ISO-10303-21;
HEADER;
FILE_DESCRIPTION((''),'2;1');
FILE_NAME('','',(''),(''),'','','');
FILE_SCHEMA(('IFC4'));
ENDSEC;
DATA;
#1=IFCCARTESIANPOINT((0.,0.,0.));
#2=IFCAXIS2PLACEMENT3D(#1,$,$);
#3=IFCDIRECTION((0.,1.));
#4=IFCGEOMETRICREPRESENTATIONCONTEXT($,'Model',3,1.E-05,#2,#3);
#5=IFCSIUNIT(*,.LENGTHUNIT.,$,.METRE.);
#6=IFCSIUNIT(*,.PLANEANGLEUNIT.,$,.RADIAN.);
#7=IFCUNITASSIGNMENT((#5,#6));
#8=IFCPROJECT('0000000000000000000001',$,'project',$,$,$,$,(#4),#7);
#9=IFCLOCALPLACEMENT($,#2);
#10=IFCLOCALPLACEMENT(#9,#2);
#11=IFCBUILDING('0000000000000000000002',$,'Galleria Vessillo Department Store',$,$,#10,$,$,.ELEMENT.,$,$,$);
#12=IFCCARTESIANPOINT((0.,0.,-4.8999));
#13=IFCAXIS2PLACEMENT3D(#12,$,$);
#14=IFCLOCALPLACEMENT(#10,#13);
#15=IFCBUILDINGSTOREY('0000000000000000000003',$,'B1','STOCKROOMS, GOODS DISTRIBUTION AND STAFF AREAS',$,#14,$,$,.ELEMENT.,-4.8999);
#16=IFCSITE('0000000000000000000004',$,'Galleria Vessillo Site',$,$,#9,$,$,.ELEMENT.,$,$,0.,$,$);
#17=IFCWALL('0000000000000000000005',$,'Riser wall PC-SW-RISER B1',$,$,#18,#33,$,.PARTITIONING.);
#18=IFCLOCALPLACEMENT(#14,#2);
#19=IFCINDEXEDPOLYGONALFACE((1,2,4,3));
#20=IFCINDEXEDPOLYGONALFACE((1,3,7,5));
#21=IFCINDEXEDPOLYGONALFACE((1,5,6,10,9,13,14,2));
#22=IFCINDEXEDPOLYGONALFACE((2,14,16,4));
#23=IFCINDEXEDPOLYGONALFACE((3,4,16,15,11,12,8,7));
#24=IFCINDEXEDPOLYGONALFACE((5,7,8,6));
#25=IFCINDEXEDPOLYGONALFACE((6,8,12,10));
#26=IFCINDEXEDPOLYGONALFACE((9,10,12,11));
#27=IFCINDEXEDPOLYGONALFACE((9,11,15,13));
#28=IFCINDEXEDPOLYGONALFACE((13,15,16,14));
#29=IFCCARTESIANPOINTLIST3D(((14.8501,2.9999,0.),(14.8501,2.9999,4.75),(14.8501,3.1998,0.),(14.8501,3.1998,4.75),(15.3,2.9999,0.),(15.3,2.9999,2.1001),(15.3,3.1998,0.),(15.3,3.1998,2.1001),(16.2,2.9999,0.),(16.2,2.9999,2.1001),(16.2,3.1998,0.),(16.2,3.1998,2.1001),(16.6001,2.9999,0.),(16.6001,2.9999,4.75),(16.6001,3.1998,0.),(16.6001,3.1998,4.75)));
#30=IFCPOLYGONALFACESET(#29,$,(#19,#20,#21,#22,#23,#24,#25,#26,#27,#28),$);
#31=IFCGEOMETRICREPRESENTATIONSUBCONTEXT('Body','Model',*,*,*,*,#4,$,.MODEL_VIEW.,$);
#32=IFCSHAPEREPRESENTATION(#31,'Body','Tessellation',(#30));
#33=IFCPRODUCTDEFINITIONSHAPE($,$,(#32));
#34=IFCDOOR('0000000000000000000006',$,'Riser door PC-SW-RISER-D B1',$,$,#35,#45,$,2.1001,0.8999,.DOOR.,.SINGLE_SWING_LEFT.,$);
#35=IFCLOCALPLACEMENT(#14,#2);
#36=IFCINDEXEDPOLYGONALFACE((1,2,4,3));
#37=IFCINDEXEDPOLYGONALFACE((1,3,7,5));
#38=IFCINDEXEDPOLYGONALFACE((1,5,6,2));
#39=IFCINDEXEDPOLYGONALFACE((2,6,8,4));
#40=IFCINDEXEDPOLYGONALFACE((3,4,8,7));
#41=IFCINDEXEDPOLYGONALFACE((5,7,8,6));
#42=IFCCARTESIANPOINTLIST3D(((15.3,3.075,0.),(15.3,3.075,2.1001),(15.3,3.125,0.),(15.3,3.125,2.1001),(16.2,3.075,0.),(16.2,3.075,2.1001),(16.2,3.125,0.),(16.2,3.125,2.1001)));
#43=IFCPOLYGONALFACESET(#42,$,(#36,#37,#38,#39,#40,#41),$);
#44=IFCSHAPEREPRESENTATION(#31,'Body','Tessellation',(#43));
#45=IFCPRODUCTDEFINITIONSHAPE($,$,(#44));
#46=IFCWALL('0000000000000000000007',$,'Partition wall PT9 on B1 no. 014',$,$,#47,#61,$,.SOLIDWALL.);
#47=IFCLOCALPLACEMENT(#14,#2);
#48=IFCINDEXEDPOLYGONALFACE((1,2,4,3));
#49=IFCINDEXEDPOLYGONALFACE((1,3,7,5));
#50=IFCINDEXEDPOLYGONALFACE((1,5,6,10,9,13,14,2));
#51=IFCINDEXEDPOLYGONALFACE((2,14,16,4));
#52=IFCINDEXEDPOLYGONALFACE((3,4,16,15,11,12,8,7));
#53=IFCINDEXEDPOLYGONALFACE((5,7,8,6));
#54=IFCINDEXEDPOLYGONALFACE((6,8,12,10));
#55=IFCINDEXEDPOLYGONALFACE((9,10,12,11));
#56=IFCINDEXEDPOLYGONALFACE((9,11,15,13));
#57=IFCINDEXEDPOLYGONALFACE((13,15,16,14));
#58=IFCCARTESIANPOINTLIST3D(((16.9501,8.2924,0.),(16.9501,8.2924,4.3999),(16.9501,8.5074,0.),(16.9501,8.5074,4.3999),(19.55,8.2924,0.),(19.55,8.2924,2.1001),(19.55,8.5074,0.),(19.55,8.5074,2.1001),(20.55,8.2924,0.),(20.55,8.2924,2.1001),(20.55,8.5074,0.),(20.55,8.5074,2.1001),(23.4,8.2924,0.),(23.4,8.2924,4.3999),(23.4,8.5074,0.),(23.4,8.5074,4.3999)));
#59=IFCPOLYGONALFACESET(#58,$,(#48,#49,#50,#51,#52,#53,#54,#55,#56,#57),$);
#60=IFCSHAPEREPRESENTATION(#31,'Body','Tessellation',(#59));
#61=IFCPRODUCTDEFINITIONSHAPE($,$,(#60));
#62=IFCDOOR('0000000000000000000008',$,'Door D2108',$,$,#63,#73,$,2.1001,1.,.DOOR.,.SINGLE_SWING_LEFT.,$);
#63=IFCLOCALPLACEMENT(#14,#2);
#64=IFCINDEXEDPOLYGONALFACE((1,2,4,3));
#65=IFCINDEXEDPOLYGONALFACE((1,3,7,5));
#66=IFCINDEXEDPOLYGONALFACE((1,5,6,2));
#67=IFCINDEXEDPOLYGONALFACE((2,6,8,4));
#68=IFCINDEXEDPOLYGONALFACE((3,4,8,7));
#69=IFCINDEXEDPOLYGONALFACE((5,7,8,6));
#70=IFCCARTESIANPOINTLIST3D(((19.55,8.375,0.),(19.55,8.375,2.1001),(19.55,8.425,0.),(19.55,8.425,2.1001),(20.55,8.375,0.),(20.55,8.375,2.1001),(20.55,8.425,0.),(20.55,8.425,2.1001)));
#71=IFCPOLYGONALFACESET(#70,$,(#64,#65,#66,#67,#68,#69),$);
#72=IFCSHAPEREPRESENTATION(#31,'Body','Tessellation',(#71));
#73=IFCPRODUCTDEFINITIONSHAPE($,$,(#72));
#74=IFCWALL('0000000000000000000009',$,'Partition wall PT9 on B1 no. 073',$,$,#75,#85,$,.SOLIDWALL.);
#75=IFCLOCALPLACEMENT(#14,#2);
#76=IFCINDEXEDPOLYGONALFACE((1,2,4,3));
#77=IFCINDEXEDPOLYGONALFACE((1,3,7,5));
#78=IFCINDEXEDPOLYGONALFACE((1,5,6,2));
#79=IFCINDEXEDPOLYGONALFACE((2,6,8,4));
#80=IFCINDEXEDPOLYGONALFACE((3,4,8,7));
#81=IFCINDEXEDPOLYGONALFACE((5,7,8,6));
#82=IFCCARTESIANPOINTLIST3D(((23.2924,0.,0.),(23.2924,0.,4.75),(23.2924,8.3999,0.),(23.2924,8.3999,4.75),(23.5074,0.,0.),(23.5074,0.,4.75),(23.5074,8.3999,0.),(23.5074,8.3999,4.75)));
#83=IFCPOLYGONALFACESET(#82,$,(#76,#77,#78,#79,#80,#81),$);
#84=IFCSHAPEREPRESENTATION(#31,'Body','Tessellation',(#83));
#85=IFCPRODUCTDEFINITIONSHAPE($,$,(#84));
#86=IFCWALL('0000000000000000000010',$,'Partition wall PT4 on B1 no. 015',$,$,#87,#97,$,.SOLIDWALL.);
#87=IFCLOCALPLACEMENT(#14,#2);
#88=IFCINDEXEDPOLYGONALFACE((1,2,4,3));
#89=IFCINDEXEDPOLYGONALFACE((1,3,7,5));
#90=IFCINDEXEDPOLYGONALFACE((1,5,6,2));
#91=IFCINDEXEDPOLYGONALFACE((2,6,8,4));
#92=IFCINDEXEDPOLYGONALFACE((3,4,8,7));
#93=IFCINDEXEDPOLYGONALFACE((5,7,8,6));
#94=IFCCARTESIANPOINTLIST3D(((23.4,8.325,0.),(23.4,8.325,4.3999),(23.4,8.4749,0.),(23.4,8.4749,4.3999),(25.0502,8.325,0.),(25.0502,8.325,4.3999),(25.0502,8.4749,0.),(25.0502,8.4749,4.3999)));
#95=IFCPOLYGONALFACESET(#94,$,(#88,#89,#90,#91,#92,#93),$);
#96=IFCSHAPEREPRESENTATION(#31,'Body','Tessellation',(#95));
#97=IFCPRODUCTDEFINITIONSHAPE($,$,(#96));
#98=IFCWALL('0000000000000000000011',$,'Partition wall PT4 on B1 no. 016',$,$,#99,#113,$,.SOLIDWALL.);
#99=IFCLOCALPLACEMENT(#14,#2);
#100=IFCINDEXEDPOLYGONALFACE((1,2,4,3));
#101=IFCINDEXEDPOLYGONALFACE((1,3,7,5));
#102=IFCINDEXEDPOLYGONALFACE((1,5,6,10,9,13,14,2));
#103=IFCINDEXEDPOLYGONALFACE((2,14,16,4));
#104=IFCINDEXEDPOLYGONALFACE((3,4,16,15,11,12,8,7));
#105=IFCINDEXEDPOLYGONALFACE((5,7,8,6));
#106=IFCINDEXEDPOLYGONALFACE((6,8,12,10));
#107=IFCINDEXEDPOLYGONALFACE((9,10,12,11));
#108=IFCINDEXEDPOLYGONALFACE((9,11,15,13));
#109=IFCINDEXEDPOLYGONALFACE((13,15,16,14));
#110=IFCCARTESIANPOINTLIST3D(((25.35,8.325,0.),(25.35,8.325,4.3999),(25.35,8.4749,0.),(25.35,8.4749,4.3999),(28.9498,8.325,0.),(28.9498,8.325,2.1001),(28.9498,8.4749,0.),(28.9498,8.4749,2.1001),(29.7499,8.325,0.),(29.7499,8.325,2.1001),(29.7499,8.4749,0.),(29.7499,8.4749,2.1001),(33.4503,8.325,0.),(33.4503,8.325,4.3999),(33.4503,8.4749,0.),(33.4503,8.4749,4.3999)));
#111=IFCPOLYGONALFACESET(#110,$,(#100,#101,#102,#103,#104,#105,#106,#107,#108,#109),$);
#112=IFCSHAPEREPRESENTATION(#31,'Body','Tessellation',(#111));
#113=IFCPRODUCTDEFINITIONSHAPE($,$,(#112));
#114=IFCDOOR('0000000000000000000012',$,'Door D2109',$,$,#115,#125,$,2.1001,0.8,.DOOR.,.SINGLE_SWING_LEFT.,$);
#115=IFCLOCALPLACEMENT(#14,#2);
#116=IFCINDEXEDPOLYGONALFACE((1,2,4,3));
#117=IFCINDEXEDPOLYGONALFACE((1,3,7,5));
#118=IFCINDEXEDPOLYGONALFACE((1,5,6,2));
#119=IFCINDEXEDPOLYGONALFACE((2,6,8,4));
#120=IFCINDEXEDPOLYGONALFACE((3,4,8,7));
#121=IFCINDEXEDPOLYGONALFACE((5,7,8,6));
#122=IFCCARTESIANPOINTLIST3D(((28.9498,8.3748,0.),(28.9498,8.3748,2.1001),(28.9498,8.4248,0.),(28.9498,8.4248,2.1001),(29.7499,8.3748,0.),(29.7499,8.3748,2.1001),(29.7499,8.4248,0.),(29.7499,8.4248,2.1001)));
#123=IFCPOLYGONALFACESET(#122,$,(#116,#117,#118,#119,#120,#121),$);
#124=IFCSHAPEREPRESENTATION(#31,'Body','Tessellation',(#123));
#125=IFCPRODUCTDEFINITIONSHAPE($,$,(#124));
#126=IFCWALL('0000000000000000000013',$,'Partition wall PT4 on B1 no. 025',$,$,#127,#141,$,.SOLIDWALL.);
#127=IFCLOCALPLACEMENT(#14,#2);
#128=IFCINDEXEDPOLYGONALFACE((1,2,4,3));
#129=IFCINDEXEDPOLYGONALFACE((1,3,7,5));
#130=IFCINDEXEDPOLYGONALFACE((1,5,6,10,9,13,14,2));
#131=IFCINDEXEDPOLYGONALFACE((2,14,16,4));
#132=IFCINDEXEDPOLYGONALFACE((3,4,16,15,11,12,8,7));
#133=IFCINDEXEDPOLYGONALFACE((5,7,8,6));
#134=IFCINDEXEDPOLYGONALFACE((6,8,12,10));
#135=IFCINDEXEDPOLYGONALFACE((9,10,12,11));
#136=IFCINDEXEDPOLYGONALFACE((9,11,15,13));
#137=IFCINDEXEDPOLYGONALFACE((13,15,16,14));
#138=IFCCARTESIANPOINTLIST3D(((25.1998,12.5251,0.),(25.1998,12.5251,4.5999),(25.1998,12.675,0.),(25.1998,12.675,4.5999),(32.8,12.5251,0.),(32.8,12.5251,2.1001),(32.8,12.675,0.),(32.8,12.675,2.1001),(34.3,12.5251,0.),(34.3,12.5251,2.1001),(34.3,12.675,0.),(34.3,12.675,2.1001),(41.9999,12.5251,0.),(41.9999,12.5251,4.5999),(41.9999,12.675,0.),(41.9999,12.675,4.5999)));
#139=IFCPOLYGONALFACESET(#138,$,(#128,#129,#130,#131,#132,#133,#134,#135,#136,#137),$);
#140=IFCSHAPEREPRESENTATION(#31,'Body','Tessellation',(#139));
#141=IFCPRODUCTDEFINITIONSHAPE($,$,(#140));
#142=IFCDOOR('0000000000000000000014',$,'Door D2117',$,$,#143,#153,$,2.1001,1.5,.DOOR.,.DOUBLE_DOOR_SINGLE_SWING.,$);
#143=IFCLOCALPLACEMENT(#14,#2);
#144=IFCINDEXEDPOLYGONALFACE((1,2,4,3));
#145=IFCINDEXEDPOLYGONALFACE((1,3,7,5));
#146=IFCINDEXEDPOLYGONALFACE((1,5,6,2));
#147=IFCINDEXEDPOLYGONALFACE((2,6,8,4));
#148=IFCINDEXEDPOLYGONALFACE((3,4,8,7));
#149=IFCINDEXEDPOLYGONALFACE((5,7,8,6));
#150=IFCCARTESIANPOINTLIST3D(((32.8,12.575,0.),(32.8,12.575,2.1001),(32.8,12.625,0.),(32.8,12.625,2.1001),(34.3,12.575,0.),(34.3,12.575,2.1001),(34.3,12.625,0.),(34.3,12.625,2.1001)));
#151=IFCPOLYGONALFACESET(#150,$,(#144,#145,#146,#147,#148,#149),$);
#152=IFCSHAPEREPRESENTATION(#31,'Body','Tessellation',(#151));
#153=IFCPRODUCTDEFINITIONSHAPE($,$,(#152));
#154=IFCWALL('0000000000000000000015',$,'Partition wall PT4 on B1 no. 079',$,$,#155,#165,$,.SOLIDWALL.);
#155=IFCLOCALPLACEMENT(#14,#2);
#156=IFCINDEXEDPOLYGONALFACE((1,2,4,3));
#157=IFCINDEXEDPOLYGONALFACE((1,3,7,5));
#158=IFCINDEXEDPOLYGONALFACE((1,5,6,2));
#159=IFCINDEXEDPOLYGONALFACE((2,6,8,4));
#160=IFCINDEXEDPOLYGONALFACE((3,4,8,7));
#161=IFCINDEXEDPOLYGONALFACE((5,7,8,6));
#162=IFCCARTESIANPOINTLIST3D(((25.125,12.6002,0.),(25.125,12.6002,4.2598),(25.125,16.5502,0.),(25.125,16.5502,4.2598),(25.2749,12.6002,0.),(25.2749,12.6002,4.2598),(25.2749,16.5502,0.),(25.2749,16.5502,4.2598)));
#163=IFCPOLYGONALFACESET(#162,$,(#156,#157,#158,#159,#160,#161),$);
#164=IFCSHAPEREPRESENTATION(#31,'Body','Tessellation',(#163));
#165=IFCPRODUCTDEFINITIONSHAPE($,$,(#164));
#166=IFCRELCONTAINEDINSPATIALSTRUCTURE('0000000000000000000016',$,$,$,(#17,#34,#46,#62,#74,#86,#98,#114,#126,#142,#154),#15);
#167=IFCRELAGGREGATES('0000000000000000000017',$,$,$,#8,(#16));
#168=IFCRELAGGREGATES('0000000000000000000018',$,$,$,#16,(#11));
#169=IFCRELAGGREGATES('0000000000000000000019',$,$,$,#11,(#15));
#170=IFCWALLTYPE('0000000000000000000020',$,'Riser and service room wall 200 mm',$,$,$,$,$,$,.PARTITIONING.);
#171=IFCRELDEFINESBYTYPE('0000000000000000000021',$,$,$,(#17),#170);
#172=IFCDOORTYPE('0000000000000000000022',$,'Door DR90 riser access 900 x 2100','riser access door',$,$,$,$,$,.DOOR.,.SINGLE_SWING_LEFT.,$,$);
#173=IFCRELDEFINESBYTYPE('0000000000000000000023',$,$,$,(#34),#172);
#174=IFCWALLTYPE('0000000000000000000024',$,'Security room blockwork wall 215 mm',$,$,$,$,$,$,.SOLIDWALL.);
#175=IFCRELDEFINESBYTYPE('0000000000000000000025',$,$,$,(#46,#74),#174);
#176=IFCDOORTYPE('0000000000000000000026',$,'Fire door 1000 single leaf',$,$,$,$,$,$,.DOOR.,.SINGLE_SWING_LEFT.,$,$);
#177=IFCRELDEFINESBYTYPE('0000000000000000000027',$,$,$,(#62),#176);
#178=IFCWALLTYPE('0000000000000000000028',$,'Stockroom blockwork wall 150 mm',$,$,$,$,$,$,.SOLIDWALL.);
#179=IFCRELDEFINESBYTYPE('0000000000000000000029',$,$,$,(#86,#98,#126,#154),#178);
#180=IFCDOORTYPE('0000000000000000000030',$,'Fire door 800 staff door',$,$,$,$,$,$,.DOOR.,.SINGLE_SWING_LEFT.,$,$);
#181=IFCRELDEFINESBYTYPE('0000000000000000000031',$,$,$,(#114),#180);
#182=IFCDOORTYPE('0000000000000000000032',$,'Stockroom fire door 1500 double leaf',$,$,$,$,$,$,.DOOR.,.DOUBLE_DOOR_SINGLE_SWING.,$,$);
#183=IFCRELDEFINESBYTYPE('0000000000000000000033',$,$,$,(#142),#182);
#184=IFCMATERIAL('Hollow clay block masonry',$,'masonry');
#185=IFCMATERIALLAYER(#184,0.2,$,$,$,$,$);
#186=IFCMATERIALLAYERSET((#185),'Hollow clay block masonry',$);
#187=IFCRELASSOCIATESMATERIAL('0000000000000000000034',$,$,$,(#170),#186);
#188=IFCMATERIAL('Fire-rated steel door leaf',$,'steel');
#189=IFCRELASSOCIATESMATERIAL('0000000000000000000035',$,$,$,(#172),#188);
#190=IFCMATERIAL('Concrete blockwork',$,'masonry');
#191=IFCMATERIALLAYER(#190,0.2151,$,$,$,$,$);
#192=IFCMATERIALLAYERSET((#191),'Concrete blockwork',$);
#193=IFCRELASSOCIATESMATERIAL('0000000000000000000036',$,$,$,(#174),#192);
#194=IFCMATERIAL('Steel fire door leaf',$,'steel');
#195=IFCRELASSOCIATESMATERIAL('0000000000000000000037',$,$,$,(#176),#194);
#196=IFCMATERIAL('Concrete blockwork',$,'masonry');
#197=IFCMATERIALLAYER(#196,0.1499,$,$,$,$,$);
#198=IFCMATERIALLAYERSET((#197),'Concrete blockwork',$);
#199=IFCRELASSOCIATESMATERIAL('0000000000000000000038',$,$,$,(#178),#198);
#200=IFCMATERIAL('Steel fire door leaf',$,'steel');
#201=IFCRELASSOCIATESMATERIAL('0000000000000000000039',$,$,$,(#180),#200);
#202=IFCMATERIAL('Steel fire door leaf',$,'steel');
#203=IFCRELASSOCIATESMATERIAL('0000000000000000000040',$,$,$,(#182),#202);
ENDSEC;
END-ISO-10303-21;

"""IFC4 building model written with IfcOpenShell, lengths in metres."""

from ifc_helpers import new_model, si_unit, direction, frame, frame_2d, origin, place, context, subcontext, project, spatial, rectangle, extrude, material, layer, layer_set, type_object, element, fill, save


model = new_model("IFC4")

# Units and contexts
model_context = context("Model", 3, precision=1e-05, world=origin(), true_north=direction((0.0, 1.0)))
body_context = subcontext(model_context, "Body", "Model", "MODEL_VIEW")
ifc_project = project(units=[si_unit("LENGTHUNIT", "METRE"), si_unit("PLANEANGLEUNIT", "RADIAN")], contexts=[model_context])

# Site, building, storey
site_placement = place(None, origin())
site = spatial("IfcSite", under=ifc_project, at=site_placement, Name="Galleria Vessillo Site", CompositionType="ELEMENT", RefElevation=0.0)
building_placement = place(site_placement, origin())
building = spatial("IfcBuilding", under=site, at=building_placement, Name="Galleria Vessillo Department Store", CompositionType="ELEMENT")
storey_placement = place(building_placement, frame((0.0, 0.0, -4.8999)))
storey = spatial("IfcBuildingStorey", under=building, at=storey_placement, Name="B1", Description="STOCKROOMS, GOODS DISTRIBUTION AND STAFF AREAS", CompositionType="ELEMENT", Elevation=-4.8999)

# Walls, openings, doors
ifc_material_1 = material(Name="Hollow clay block masonry", Category="masonry")
ifc_layer_1 = layer(ifc_material_1, 0.2)
ifc_layer_set_1 = layer_set([ifc_layer_1], Name="Hollow clay block masonry")
wall_type_1 = type_object("IfcWallType", Name="Riser and service room wall 200 mm", PredefinedType="PARTITIONING", material=ifc_layer_set_1)
wall_1_placement = place(storey_placement, frame((14.8501, 3.0999, 0.0), z_axis=(0.0, 0.0, 1.0), x_axis=(1.0, 0.0, 0.0)))
wall_1 = element("IfcWall", 1, at=wall_1_placement, inside=storey, type_object=wall_type_1, Name="Riser wall PC-SW-RISER B1", PredefinedType="PARTITIONING", context=body_context, shape_type="SweptSolid", body=[
    extrude(rectangle(XDim=1.75, YDim=0.2, at=frame_2d((0.875, 0.0))), origin(), (0.0, 0.0, 1.0), 4.75),
])
opening_1_placement = place(wall_1_placement, frame((0.45, 0.0, 0.0)))
opening_1 = element("IfcOpeningElement", 2, at=opening_1_placement, cuts=wall_1, PredefinedType="OPENING", context=body_context, shape_type="SweptSolid", body=[
    extrude(rectangle(XDim=0.8999, YDim=2.1001, at=frame_2d((0.45, 1.05))), frame((0.0, 0.1099, 0.0), z_axis=(0.0, -1.0, 0.0), x_axis=(1.0, 0.0, 0.0)), (0.0, 0.0, 1.0), 0.22),
])
ifc_material_2 = material(Name="Fire-rated steel door leaf", Category="steel")
door_type_1 = type_object("IfcDoorType", Name="Door DR90 riser access 900 x 2100", Description="riser access door", OperationType="SINGLE_SWING_LEFT", PredefinedType="DOOR", material=ifc_material_2)
door_1_placement = place(opening_1_placement, frame((0.8999, 0.0, 0.0), z_axis=(0.0, 0.0, 1.0), x_axis=(-1.0, 0.0, 0.0)))
door_1 = element("IfcDoor", 3, at=door_1_placement, inside=storey, type_object=door_type_1, Name="Riser door PC-SW-RISER-D B1", OperationType="SINGLE_SWING_LEFT", OverallHeight=2.1001, OverallWidth=0.8999, PredefinedType="DOOR", context=body_context, shape_type="SweptSolid", body=[
    extrude(rectangle(XDim=0.8999, YDim=2.1001, at=frame_2d((0.45, 1.05))), frame((0.0, 0.0249, 0.0), z_axis=(0.0, -1.0, 0.0), x_axis=(1.0, 0.0, 0.0)), (0.0, 0.0, 1.0), 0.05),
])
fill(opening_1, door_1)
ifc_material_3 = material(Name="Concrete blockwork", Category="masonry")
ifc_layer_2 = layer(ifc_material_3, 0.2151)
ifc_layer_set_2 = layer_set([ifc_layer_2], Name="Concrete blockwork")
wall_type_2 = type_object("IfcWallType", Name="Security room blockwork wall 215 mm", PredefinedType="SOLIDWALL", material=ifc_layer_set_2)
wall_2_placement = place(storey_placement, frame((16.95, 8.3999, 0.0), z_axis=(0.0, 0.0, 1.0), x_axis=(1.0, 0.0, 0.0)))
wall_2 = element("IfcWall", 4, at=wall_2_placement, inside=storey, type_object=wall_type_2, Name="Partition wall PT9 on B1 no. 014", PredefinedType="SOLIDWALL", context=body_context, shape_type="SweptSolid", body=[
    extrude(rectangle(XDim=6.45, YDim=0.2151, at=frame_2d((3.2251, 0.0))), origin(), (0.0, 0.0, 1.0), 4.3999),
])
opening_2_placement = place(wall_2_placement, frame((2.6001, 0.0, 0.0)))
opening_2 = element("IfcOpeningElement", 5, at=opening_2_placement, cuts=wall_2, PredefinedType="OPENING", context=body_context, shape_type="SweptSolid", body=[
    extrude(rectangle(XDim=1.0, YDim=2.1001, at=frame_2d((0.5, 1.05))), frame((0.0, 0.1177, 0.0), z_axis=(0.0, -1.0, 0.0), x_axis=(1.0, 0.0, 0.0)), (0.0, 0.0, 1.0), 0.2351),
])
ifc_material_4 = material(Name="Steel fire door leaf", Category="steel")
door_type_2 = type_object("IfcDoorType", Name="Fire door 1000 single leaf", OperationType="SINGLE_SWING_LEFT", PredefinedType="DOOR", material=ifc_material_4)
door_2_placement = place(opening_2_placement, frame((1.0, 0.0, 0.0), z_axis=(0.0, 0.0, 1.0), x_axis=(-1.0, 0.0, 0.0)))
door_2 = element("IfcDoor", 6, at=door_2_placement, inside=storey, type_object=door_type_2, Name="Door D2108", OperationType="SINGLE_SWING_LEFT", OverallHeight=2.1001, OverallWidth=1.0, PredefinedType="DOOR", context=body_context, shape_type="SweptSolid", body=[
    extrude(rectangle(XDim=1.0, YDim=2.1001, at=frame_2d((0.5, 1.05))), frame((0.0, 0.0249, 0.0), z_axis=(0.0, -1.0, 0.0), x_axis=(1.0, 0.0, 0.0)), (0.0, 0.0, 1.0), 0.05),
])
fill(opening_2, door_2)

# Walls
wall_3_placement = place(storey_placement, frame((23.3999, 0.0, 0.0), z_axis=(0.0, 0.0, 1.0), x_axis=(0.0, 1.0, 0.0)))
element("IfcWall", 7, at=wall_3_placement, inside=storey, type_object=wall_type_2, Name="Partition wall PT9 on B1 no. 073", PredefinedType="SOLIDWALL", context=body_context, shape_type="SweptSolid", body=[
    extrude(rectangle(XDim=8.3999, YDim=0.2151, at=frame_2d((4.2, 0.0))), origin(), (0.0, 0.0, 1.0), 4.75),
])
ifc_material_5 = material(Name="Concrete blockwork", Category="masonry")
ifc_layer_3 = layer(ifc_material_5, 0.1499)
ifc_layer_set_3 = layer_set([ifc_layer_3], Name="Concrete blockwork")
wall_type_3 = type_object("IfcWallType", Name="Stockroom blockwork wall 150 mm", PredefinedType="SOLIDWALL", material=ifc_layer_set_3)
wall_4_placement = place(storey_placement, frame((23.3999, 8.3999, 0.0), z_axis=(0.0, 0.0, 1.0), x_axis=(1.0, 0.0, 0.0)))
element("IfcWall", 8, at=wall_4_placement, inside=storey, type_object=wall_type_3, Name="Partition wall PT4 on B1 no. 015", PredefinedType="SOLIDWALL", context=body_context, shape_type="SweptSolid", body=[
    extrude(rectangle(XDim=1.6501, YDim=0.1499, at=frame_2d((0.8252, 0.0))), origin(), (0.0, 0.0, 1.0), 4.3999),
])

# Walls, openings, doors
wall_5_placement = place(storey_placement, frame((25.3499, 8.3999, 0.0), z_axis=(0.0, 0.0, 1.0), x_axis=(1.0, 0.0, 0.0)))
wall_5 = element("IfcWall", 9, at=wall_5_placement, inside=storey, type_object=wall_type_3, Name="Partition wall PT4 on B1 no. 016", PredefinedType="SOLIDWALL", context=body_context, shape_type="SweptSolid", body=[
    extrude(rectangle(XDim=8.1003, YDim=0.1499, at=frame_2d((4.0503, 0.0))), origin(), (0.0, 0.0, 1.0), 4.3999),
])
opening_3_placement = place(wall_5_placement, frame((3.6001, 0.0, 0.0)))
opening_3 = element("IfcOpeningElement", 10, at=opening_3_placement, cuts=wall_5, PredefinedType="OPENING", context=body_context, shape_type="SweptSolid", body=[
    extrude(rectangle(XDim=0.8, YDim=2.1001, at=frame_2d((0.3999, 1.05))), frame((0.0, 0.085, 0.0), z_axis=(0.0, -1.0, 0.0), x_axis=(1.0, 0.0, 0.0)), (0.0, 0.0, 1.0), 0.1699),
])
ifc_material_6 = material(Name="Steel fire door leaf", Category="steel")
door_type_3 = type_object("IfcDoorType", Name="Fire door 800 staff door", OperationType="SINGLE_SWING_LEFT", PredefinedType="DOOR", material=ifc_material_6)
door_3_placement = place(opening_3_placement, origin())
door_3 = element("IfcDoor", 11, at=door_3_placement, inside=storey, type_object=door_type_3, Name="Door D2109", OperationType="SINGLE_SWING_LEFT", OverallHeight=2.1001, OverallWidth=0.8, PredefinedType="DOOR", context=body_context, shape_type="SweptSolid", body=[
    extrude(rectangle(XDim=0.8, YDim=2.1001, at=frame_2d((0.3999, 1.05))), frame((0.0, 0.0249, 0.0), z_axis=(0.0, -1.0, 0.0), x_axis=(1.0, 0.0, 0.0)), (0.0, 0.0, 1.0), 0.05),
])
fill(opening_3, door_3)
wall_6_placement = place(storey_placement, frame((25.2, 12.6001, 0.0), z_axis=(0.0, 0.0, 1.0), x_axis=(1.0, 0.0, 0.0)))
wall_6 = element("IfcWall", 12, at=wall_6_placement, inside=storey, type_object=wall_type_3, Name="Partition wall PT4 on B1 no. 025", PredefinedType="SOLIDWALL", context=body_context, shape_type="SweptSolid", body=[
    extrude(rectangle(XDim=16.8, YDim=0.1499, at=frame_2d((8.3999, 0.0))), origin(), (0.0, 0.0, 1.0), 4.5999),
])
opening_4_placement = place(wall_6_placement, frame((7.6001, 0.0, 0.0)))
opening_4 = element("IfcOpeningElement", 13, at=opening_4_placement, cuts=wall_6, PredefinedType="OPENING", context=body_context, shape_type="SweptSolid", body=[
    extrude(rectangle(XDim=1.5, YDim=2.1001, at=frame_2d((0.75, 1.05))), frame((0.0, 0.085, 0.0), z_axis=(0.0, -1.0, 0.0), x_axis=(1.0, 0.0, 0.0)), (0.0, 0.0, 1.0), 0.1699),
])
ifc_material_7 = material(Name="Steel fire door leaf", Category="steel")
door_type_4 = type_object("IfcDoorType", Name="Stockroom fire door 1500 double leaf", OperationType="DOUBLE_DOOR_SINGLE_SWING", PredefinedType="DOOR", material=ifc_material_7)
door_4_placement = place(opening_4_placement, origin())
door_4 = element("IfcDoor", 14, at=door_4_placement, inside=storey, type_object=door_type_4, Name="Door D2117", OperationType="DOUBLE_DOOR_SINGLE_SWING", OverallHeight=2.1001, OverallWidth=1.5, PredefinedType="DOOR", context=body_context, shape_type="SweptSolid", body=[
    extrude(rectangle(XDim=1.5, YDim=2.1001, at=frame_2d((0.75, 1.05))), frame((0.0, 0.0249, 0.0), z_axis=(0.0, -1.0, 0.0), x_axis=(1.0, 0.0, 0.0)), (0.0, 0.0, 1.0), 0.05),
])
fill(opening_4, door_4)

# Wall
wall_7_placement = place(storey_placement, frame((25.2, 12.6001, 0.0), z_axis=(0.0, 0.0, 1.0), x_axis=(0.0, 1.0, 0.0)))
element("IfcWall", 15, at=wall_7_placement, inside=storey, type_object=wall_type_3, Name="Partition wall PT4 on B1 no. 079", PredefinedType="SOLIDWALL", context=body_context, shape_type="SweptSolid", body=[
    extrude(rectangle(XDim=3.95, YDim=0.1499, at=frame_2d((1.9751, 0.0))), origin(), (0.0, 0.0, 1.0), 4.2598),
])

save(model, "model.ifc")
